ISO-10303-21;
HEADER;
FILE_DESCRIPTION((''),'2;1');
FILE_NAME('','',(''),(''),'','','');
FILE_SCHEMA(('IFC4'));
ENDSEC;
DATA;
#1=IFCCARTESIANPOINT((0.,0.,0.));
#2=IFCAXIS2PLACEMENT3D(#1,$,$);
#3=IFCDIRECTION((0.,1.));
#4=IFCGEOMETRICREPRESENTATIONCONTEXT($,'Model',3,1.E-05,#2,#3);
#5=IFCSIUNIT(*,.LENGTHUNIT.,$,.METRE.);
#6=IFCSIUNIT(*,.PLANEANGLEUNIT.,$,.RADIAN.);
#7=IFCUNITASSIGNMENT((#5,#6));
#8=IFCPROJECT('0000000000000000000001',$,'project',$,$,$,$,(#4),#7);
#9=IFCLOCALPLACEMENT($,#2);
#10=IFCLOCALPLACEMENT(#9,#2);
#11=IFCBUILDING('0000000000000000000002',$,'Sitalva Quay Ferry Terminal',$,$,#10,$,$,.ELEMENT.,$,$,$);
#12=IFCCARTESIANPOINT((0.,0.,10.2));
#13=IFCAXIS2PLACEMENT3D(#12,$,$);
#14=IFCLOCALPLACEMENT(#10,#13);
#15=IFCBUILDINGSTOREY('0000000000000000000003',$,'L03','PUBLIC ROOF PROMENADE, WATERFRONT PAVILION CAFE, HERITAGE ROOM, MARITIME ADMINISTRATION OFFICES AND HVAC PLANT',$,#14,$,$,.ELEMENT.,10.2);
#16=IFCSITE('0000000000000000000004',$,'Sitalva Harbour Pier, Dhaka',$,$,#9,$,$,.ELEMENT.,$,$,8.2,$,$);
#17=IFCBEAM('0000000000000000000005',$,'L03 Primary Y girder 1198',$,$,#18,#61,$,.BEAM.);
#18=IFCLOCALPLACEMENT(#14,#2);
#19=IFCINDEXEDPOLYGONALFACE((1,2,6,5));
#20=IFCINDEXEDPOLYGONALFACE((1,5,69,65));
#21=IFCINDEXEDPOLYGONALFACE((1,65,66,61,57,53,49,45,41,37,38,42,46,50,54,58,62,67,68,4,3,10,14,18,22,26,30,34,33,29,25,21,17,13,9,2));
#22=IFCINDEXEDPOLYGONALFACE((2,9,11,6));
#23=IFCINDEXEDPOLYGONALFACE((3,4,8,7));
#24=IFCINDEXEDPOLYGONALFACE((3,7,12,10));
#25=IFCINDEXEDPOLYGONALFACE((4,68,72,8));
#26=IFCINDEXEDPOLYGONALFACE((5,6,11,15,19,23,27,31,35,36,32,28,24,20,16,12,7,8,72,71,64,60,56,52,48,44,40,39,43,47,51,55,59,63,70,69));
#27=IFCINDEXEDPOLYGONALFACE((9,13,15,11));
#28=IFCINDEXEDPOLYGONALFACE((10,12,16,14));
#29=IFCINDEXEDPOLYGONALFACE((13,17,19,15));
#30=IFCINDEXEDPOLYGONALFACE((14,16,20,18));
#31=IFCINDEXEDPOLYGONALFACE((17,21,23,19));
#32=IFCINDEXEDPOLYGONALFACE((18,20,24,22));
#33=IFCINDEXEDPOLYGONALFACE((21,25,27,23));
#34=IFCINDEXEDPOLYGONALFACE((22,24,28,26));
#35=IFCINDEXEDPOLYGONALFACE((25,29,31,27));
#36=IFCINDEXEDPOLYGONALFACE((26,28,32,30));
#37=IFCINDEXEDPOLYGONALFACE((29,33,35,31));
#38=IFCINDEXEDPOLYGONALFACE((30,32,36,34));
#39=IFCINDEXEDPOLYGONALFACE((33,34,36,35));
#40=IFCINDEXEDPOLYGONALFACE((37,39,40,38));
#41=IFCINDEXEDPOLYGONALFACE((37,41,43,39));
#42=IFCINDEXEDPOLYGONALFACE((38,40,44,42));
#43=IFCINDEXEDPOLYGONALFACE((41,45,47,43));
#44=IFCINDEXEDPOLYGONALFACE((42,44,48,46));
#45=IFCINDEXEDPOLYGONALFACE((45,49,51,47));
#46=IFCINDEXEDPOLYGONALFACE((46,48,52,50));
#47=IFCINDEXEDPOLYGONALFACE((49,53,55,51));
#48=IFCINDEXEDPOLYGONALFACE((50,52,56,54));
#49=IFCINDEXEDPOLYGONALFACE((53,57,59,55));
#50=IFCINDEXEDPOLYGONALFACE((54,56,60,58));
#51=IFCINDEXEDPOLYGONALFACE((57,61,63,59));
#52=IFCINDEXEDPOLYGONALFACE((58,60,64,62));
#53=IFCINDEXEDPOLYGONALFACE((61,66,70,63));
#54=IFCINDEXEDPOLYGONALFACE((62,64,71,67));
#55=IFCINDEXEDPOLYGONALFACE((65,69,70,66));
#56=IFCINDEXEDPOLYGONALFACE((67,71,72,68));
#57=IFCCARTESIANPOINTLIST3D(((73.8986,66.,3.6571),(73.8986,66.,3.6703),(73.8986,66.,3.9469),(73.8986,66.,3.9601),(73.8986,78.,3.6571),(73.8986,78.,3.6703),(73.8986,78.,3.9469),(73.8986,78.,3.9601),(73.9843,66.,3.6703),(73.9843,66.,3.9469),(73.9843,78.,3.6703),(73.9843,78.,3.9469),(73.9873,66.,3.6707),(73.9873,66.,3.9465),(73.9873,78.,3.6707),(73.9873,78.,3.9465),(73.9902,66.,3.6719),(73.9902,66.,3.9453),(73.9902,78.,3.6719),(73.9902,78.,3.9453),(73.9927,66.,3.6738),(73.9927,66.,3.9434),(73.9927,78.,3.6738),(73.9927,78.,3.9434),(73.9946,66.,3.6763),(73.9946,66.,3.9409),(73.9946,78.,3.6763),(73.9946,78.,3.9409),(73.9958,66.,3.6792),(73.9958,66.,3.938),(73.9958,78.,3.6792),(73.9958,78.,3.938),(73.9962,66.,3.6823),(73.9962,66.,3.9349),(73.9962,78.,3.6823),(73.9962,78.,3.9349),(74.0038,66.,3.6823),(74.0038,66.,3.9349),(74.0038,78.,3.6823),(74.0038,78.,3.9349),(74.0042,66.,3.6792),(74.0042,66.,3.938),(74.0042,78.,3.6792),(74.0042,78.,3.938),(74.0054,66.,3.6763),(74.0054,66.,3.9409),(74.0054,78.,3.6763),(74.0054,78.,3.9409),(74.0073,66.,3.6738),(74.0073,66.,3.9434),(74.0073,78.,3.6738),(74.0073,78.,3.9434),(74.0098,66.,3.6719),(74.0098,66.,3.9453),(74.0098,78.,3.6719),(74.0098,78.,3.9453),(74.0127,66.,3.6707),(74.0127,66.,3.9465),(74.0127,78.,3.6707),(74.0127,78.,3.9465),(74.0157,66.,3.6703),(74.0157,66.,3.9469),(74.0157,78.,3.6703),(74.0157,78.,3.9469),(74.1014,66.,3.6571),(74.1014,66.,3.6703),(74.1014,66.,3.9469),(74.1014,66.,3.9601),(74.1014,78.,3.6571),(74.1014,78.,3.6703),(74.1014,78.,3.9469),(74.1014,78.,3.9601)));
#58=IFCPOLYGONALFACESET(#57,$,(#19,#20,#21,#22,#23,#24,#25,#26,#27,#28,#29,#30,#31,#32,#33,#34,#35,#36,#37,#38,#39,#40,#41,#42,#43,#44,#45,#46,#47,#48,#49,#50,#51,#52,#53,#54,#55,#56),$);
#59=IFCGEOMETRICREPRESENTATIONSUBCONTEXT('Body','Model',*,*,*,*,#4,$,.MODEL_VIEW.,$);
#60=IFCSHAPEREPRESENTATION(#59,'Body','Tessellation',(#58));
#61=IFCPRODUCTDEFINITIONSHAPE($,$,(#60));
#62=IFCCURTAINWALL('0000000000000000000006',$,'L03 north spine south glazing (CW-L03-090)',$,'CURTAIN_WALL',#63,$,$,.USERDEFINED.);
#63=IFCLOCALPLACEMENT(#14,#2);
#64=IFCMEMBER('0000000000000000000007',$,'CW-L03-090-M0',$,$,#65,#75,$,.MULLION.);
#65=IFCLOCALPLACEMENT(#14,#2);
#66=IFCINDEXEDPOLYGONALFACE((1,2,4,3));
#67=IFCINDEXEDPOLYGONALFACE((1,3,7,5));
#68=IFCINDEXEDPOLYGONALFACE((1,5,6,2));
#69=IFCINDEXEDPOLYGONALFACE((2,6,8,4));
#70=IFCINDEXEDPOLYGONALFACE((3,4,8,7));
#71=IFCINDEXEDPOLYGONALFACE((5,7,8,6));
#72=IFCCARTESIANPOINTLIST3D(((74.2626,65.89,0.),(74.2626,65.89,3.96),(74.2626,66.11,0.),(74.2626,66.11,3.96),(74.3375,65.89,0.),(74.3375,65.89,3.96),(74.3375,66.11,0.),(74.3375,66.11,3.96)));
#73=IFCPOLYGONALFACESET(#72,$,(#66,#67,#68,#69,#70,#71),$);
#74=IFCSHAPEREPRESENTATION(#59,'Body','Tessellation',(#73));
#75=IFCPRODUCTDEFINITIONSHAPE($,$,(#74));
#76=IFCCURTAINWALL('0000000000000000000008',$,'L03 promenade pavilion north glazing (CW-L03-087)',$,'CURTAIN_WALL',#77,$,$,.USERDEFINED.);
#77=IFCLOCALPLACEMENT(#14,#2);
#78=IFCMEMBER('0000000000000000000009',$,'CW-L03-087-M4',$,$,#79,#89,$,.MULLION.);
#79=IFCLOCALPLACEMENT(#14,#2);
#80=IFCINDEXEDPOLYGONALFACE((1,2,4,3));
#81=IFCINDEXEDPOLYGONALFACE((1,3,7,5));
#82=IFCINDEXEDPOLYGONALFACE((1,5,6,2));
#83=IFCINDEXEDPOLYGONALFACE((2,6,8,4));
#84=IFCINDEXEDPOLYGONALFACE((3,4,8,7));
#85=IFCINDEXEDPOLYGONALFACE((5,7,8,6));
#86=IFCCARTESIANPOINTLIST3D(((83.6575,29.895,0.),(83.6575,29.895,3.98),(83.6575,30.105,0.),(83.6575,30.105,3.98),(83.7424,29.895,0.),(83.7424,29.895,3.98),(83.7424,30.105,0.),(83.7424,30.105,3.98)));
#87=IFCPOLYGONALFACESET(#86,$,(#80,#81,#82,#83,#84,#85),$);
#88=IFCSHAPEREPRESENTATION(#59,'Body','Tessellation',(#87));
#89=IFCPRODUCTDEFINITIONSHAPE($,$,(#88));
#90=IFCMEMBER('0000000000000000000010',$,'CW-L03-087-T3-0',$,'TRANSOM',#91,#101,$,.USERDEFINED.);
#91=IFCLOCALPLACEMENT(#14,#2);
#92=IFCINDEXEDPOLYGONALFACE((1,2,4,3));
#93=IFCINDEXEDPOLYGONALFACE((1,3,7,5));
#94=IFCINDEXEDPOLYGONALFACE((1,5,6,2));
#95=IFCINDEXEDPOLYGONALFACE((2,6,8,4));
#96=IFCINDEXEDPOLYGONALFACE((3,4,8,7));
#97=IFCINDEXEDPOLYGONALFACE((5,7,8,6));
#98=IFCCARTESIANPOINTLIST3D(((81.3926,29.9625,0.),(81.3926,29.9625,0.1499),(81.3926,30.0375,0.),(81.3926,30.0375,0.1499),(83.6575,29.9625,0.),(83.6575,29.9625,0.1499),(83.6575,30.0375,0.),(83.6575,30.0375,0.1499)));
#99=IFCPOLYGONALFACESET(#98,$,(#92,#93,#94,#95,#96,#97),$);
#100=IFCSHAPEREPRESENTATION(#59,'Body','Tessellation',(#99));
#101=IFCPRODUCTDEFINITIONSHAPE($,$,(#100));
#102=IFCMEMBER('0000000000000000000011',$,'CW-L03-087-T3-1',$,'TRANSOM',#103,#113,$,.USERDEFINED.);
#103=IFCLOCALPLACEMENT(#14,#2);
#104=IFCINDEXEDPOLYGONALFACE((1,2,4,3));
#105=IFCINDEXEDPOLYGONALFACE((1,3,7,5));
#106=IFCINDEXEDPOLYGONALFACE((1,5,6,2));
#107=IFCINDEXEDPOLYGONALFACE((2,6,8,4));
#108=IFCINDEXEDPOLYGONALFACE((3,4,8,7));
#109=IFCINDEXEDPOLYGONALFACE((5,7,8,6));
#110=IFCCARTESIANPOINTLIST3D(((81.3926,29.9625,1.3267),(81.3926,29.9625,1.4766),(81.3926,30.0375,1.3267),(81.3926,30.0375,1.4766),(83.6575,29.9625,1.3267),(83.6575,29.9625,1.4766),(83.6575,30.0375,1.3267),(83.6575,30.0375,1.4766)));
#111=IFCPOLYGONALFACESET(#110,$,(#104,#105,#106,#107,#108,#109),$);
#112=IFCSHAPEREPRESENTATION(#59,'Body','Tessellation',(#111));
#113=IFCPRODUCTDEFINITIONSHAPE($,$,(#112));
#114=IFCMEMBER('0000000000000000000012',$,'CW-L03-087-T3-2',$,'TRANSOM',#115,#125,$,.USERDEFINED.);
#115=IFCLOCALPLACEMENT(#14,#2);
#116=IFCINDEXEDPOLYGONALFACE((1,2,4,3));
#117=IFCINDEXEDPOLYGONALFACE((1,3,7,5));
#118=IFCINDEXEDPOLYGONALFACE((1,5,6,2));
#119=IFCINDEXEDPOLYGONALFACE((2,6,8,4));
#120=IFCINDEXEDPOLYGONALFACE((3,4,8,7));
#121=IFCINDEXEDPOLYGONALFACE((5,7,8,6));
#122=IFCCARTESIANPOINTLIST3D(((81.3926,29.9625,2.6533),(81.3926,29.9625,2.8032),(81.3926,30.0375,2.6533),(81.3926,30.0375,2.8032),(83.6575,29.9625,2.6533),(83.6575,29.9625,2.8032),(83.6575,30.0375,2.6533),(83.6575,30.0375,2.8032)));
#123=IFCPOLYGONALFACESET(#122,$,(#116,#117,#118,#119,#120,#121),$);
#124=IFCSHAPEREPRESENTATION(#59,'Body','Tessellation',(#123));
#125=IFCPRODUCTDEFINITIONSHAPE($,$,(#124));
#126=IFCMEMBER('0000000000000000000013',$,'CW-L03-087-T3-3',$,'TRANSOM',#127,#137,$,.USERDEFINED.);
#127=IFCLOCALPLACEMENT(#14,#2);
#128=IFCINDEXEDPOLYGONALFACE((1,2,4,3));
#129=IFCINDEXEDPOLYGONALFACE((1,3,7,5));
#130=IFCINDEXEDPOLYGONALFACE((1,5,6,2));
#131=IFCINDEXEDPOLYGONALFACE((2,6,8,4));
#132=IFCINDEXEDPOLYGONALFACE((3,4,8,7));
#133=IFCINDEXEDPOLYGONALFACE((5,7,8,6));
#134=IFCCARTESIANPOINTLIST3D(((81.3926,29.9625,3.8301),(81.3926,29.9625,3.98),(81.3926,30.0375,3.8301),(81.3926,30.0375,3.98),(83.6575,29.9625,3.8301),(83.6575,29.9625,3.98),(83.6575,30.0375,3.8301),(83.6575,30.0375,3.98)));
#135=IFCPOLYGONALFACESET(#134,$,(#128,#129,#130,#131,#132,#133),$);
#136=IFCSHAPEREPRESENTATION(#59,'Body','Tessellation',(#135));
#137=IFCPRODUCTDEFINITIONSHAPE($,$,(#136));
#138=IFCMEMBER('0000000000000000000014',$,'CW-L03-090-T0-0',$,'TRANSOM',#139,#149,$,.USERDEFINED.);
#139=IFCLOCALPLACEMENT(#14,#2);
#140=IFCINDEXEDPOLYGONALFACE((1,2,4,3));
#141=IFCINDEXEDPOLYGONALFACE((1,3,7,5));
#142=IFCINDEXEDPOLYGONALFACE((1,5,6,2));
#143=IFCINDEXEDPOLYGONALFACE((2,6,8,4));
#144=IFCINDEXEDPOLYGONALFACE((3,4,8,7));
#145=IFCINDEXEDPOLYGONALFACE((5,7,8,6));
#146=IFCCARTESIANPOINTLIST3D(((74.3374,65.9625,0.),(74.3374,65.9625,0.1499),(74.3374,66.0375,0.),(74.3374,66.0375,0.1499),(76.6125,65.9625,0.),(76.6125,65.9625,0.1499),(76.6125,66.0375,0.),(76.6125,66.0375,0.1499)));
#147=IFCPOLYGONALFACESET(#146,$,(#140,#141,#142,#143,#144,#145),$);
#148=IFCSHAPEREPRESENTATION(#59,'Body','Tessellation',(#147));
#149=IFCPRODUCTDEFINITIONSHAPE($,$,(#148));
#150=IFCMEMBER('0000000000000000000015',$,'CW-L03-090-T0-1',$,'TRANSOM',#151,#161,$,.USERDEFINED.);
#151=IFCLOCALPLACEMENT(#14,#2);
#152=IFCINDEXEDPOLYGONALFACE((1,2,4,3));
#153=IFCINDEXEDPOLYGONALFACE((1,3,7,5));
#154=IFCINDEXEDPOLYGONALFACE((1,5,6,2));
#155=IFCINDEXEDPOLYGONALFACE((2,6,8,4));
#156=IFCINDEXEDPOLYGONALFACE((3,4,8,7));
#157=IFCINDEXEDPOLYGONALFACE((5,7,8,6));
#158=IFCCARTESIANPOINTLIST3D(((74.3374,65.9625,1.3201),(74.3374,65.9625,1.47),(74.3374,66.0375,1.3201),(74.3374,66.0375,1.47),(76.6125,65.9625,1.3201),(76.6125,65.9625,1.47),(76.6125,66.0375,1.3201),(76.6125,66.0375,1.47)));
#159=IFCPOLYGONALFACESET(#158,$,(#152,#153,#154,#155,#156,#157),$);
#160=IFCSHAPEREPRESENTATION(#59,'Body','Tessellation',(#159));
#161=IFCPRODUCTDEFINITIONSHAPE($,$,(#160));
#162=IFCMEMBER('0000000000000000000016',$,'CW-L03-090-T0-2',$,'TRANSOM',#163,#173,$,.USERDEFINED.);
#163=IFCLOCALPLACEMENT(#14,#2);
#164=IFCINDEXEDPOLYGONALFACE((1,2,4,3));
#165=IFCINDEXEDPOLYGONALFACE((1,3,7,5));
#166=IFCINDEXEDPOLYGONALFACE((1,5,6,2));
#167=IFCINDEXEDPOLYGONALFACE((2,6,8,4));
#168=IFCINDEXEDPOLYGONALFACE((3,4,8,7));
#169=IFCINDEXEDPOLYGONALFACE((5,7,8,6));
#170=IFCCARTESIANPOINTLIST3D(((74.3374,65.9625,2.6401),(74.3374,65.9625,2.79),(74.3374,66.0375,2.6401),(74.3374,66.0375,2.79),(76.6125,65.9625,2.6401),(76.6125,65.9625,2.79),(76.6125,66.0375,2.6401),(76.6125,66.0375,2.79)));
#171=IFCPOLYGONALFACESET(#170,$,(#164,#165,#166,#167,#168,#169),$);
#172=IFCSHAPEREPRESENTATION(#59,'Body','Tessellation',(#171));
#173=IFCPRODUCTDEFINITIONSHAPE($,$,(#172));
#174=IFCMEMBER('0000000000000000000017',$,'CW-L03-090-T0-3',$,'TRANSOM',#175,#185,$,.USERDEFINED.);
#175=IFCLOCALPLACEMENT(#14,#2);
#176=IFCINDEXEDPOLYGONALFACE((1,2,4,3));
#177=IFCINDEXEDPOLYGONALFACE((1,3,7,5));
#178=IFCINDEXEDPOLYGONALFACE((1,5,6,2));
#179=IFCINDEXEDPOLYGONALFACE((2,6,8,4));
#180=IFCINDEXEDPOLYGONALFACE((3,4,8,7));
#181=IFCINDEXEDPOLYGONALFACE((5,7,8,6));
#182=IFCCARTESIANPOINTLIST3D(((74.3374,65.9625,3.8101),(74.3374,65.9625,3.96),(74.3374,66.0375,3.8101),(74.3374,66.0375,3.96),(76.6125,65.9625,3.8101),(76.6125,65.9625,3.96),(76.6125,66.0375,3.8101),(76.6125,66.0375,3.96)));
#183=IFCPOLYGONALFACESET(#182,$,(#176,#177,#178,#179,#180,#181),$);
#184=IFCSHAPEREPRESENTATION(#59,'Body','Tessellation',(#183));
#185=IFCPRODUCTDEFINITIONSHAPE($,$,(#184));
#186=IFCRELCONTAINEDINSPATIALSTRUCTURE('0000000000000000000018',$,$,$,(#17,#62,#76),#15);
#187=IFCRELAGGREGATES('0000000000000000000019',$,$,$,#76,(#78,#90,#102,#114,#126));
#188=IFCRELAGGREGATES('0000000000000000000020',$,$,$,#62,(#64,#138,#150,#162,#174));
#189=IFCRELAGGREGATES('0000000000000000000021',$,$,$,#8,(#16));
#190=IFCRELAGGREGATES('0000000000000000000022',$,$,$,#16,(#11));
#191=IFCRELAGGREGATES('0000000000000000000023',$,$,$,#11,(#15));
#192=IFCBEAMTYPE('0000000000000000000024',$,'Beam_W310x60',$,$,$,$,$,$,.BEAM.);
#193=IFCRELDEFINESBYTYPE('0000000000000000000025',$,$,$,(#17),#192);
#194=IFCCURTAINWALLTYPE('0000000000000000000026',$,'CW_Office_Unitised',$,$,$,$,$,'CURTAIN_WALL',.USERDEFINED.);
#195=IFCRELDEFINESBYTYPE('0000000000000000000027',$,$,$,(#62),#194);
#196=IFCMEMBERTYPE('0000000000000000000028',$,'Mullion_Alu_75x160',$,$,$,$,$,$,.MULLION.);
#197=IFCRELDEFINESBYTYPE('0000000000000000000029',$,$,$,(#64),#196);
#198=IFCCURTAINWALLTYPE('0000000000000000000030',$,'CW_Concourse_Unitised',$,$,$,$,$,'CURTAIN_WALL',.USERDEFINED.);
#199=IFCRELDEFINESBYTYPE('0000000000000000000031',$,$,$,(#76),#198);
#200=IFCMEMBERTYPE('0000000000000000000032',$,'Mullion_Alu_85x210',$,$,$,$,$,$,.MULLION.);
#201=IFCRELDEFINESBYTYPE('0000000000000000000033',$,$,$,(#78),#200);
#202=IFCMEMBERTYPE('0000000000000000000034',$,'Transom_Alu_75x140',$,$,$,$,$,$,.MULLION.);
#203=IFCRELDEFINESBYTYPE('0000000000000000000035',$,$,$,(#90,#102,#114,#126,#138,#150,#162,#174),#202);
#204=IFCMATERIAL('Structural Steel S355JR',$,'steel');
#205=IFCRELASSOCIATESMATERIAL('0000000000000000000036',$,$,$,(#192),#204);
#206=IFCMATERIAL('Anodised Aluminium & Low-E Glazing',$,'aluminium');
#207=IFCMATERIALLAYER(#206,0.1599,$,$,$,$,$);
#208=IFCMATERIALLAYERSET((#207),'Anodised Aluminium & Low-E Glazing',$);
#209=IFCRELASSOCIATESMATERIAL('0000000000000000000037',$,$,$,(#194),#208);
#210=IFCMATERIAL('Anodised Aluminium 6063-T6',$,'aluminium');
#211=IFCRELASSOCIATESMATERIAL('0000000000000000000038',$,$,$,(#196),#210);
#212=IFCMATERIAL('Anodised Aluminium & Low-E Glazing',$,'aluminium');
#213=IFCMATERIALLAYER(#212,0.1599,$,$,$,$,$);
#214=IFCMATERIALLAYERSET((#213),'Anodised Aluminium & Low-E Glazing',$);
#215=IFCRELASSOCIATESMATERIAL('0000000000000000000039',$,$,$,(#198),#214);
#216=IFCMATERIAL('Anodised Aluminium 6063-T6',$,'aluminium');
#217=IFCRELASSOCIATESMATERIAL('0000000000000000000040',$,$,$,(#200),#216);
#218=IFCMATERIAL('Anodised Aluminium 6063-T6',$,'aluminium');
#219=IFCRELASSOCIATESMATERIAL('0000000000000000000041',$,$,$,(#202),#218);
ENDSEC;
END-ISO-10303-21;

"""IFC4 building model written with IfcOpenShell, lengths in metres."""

from ifc_helpers import new_model, si_unit, direction, frame, origin, origin_2d, place, context, subcontext, project, spatial, rectangle, i_section, extrude, material, layer, layer_set, material_profile, profile_set, type_object, element, aggregate, save


model = new_model("IFC4")

# Units and contexts
model_context = context("Model", 3, precision=1e-05, world=origin(), true_north=direction((0.0, 1.0)))
body_context = subcontext(model_context, "Body", "Model", "MODEL_VIEW")
ifc_project = project(units=[si_unit("LENGTHUNIT", "METRE"), si_unit("PLANEANGLEUNIT", "RADIAN")], contexts=[model_context])

# Site, building, storey
site_placement = place(None, origin())
site = spatial("IfcSite", under=ifc_project, at=site_placement, Name="Sitalva Harbour Pier, Dhaka", CompositionType="ELEMENT", RefElevation=8.2)
building_placement = place(site_placement, origin())
building = spatial("IfcBuilding", under=site, at=building_placement, Name="Sitalva Quay Ferry Terminal", CompositionType="ELEMENT")
storey_placement = place(building_placement, frame((0.0, 0.0, 10.2)))
storey = spatial("IfcBuildingStorey", under=building, at=storey_placement, Name="L03", Description="PUBLIC ROOF PROMENADE, WATERFRONT PAVILION CAFE, HERITAGE ROOM, MARITIME ADMINISTRATION OFFICES AND HVAC PLANT", CompositionType="ELEMENT", Elevation=10.2)

# Beam
ifc_material_1 = material(Name="Structural Steel S355JR", Category="steel")
ifc_material_profile_1 = material_profile(ifc_material_1, i_section(OverallWidth=0.2029, OverallDepth=0.303, WebThickness=0.0076, FlangeThickness=0.0132, FilletRadius=0.012, at=origin_2d()), Name="W310x60")
ifc_profile_set_1 = profile_set([ifc_material_profile_1], Name="Structural Steel S355JR")
beam_type = type_object("IfcBeamType", Name="Beam_W310x60", PredefinedType="BEAM", material=ifc_profile_set_1)
beam_1_placement = place(storey_placement, frame((74.0, 66.0, 3.8086), z_axis=(0.0, 1.0, 0.0), x_axis=(-1.0, 0.0, 0.0)))
element("IfcBeam", 1, at=beam_1_placement, inside=storey, type_object=beam_type, Name="L03 Primary Y girder 1198", PredefinedType="BEAM", context=body_context, shape_type="SweptSolid", body=[
    extrude(i_section(OverallWidth=0.2029, OverallDepth=0.303, WebThickness=0.0076, FlangeThickness=0.0132, FilletRadius=0.012, at=origin_2d()), origin(), (0.0, 0.0, 1.0), 12.0),
])

# Curtain wall, member
ifc_material_2 = material(Name="Anodised Aluminium & Low-E Glazing", Category="aluminium")
ifc_layer_1 = layer(ifc_material_2, 0.1599)
ifc_layer_set_1 = layer_set([ifc_layer_1], Name="Anodised Aluminium & Low-E Glazing")
curtain_wall_type_1 = type_object("IfcCurtainWallType", Name="CW_Office_Unitised", ElementType="CURTAIN_WALL", PredefinedType="USERDEFINED", material=ifc_layer_set_1)
curtain_wall_1_placement = place(storey_placement, origin())
curtain_wall_1 = element("IfcCurtainWall", 2, at=curtain_wall_1_placement, inside=storey, type_object=curtain_wall_type_1, Name="L03 north spine south glazing (CW-L03-090)", ObjectType="CURTAIN_WALL", PredefinedType="USERDEFINED")
ifc_material_3 = material(Name="Anodised Aluminium 6063-T6", Category="aluminium")
ifc_material_profile_2 = material_profile(ifc_material_3, rectangle(XDim=0.075, YDim=0.22, at=origin_2d()), Name="ALU75x220")
ifc_profile_set_2 = profile_set([ifc_material_profile_2], Name="Anodised Aluminium 6063-T6")
member_type_1 = type_object("IfcMemberType", Name="Mullion_Alu_75x160", PredefinedType="MULLION", material=ifc_profile_set_2)
member_1_placement = place(storey_placement, frame((74.3, 66.0, 0.0), z_axis=(0.0, 0.0, 1.0), x_axis=(1.0, 0.0, 0.0)))
member_1 = element("IfcMember", 3, at=member_1_placement, type_object=member_type_1, Name="CW-L03-090-M0", PredefinedType="MULLION", context=body_context, shape_type="SweptSolid", body=[
    extrude(rectangle(XDim=0.075, YDim=0.22, at=origin_2d()), origin(), (0.0, 0.0, 1.0), 3.96),
])

# Curtain wall, members
ifc_material_4 = material(Name="Anodised Aluminium & Low-E Glazing", Category="aluminium")
ifc_layer_2 = layer(ifc_material_4, 0.1599)
ifc_layer_set_2 = layer_set([ifc_layer_2], Name="Anodised Aluminium & Low-E Glazing")
curtain_wall_type_2 = type_object("IfcCurtainWallType", Name="CW_Concourse_Unitised", ElementType="CURTAIN_WALL", PredefinedType="USERDEFINED", material=ifc_layer_set_2)
curtain_wall_2_placement = place(storey_placement, origin())
curtain_wall_2 = element("IfcCurtainWall", 4, at=curtain_wall_2_placement, inside=storey, type_object=curtain_wall_type_2, Name="L03 promenade pavilion north glazing (CW-L03-087)", ObjectType="CURTAIN_WALL", PredefinedType="USERDEFINED")
ifc_material_5 = material(Name="Anodised Aluminium 6063-T6", Category="aluminium")
ifc_material_profile_3 = material_profile(ifc_material_5, rectangle(XDim=0.085, YDim=0.21, at=origin_2d()), Name="ALU85x210")
ifc_profile_set_3 = profile_set([ifc_material_profile_3], Name="Anodised Aluminium 6063-T6")
member_type_2 = type_object("IfcMemberType", Name="Mullion_Alu_85x210", PredefinedType="MULLION", material=ifc_profile_set_3)
member_2_placement = place(storey_placement, frame((83.7, 30.0, 0.0), z_axis=(0.0, 0.0, 1.0), x_axis=(1.0, 0.0, 0.0)))
member_2 = element("IfcMember", 5, at=member_2_placement, type_object=member_type_2, Name="CW-L03-087-M4", PredefinedType="MULLION", context=body_context, shape_type="SweptSolid", body=[
    extrude(rectangle(XDim=0.085, YDim=0.21, at=origin_2d()), origin(), (0.0, 0.0, 1.0), 3.98),
])
ifc_material_6 = material(Name="Anodised Aluminium 6063-T6", Category="aluminium")
ifc_material_profile_4 = material_profile(ifc_material_6, rectangle(XDim=0.075, YDim=0.1499, at=origin_2d()), Name="ALU75x150")
ifc_profile_set_4 = profile_set([ifc_material_profile_4], Name="Anodised Aluminium 6063-T6")
member_type_3 = type_object("IfcMemberType", Name="Transom_Alu_75x140", PredefinedType="MULLION", material=ifc_profile_set_4)
member_3_placement = place(storey_placement, frame((81.3926, 30.0, 0.075), z_axis=(1.0, 0.0, 0.0), x_axis=(0.0, 1.0, 0.0)))
member_3 = element("IfcMember", 6, at=member_3_placement, type_object=member_type_3, Name="CW-L03-087-T3-0", ObjectType="TRANSOM", PredefinedType="USERDEFINED", context=body_context, shape_type="SweptSolid", body=[
    extrude(rectangle(XDim=0.075, YDim=0.1499, at=origin_2d()), origin(), (0.0, 0.0, 1.0), 2.2649),
])
member_4_placement = place(storey_placement, frame((81.3926, 30.0, 1.4016), z_axis=(1.0, 0.0, 0.0), x_axis=(0.0, 1.0, 0.0)))
member_4 = element("IfcMember", 7, at=member_4_placement, type_object=member_type_3, Name="CW-L03-087-T3-1", ObjectType="TRANSOM", PredefinedType="USERDEFINED", context=body_context, shape_type="SweptSolid", body=[
    extrude(rectangle(XDim=0.075, YDim=0.1499, at=origin_2d()), origin(), (0.0, 0.0, 1.0), 2.2649),
])
member_5_placement = place(storey_placement, frame((81.3926, 30.0, 2.7283), z_axis=(1.0, 0.0, 0.0), x_axis=(0.0, 1.0, 0.0)))
member_5 = element("IfcMember", 8, at=member_5_placement, type_object=member_type_3, Name="CW-L03-087-T3-2", ObjectType="TRANSOM", PredefinedType="USERDEFINED", context=body_context, shape_type="SweptSolid", body=[
    extrude(rectangle(XDim=0.075, YDim=0.1499, at=origin_2d()), origin(), (0.0, 0.0, 1.0), 2.2649),
])
member_6_placement = place(storey_placement, frame((81.3926, 30.0, 3.905), z_axis=(1.0, 0.0, 0.0), x_axis=(0.0, 1.0, 0.0)))
member_6 = element("IfcMember", 9, at=member_6_placement, type_object=member_type_3, Name="CW-L03-087-T3-3", ObjectType="TRANSOM", PredefinedType="USERDEFINED", context=body_context, shape_type="SweptSolid", body=[
    extrude(rectangle(XDim=0.075, YDim=0.1499, at=origin_2d()), origin(), (0.0, 0.0, 1.0), 2.2649),
])

# Members
member_7_placement = place(storey_placement, frame((74.3374, 66.0, 0.075), z_axis=(1.0, 0.0, 0.0), x_axis=(0.0, 1.0, 0.0)))
member_7 = element("IfcMember", 10, at=member_7_placement, type_object=member_type_3, Name="CW-L03-090-T0-0", ObjectType="TRANSOM", PredefinedType="USERDEFINED", context=body_context, shape_type="SweptSolid", body=[
    extrude(rectangle(XDim=0.075, YDim=0.1499, at=origin_2d()), origin(), (0.0, 0.0, 1.0), 2.2751),
])
member_8_placement = place(storey_placement, frame((74.3374, 66.0, 1.395), z_axis=(1.0, 0.0, 0.0), x_axis=(0.0, 1.0, 0.0)))
member_8 = element("IfcMember", 11, at=member_8_placement, type_object=member_type_3, Name="CW-L03-090-T0-1", ObjectType="TRANSOM", PredefinedType="USERDEFINED", context=body_context, shape_type="SweptSolid", body=[
    extrude(rectangle(XDim=0.075, YDim=0.1499, at=origin_2d()), origin(), (0.0, 0.0, 1.0), 2.2751),
])
member_9_placement = place(storey_placement, frame((74.3374, 66.0, 2.7151), z_axis=(1.0, 0.0, 0.0), x_axis=(0.0, 1.0, 0.0)))
member_9 = element("IfcMember", 12, at=member_9_placement, type_object=member_type_3, Name="CW-L03-090-T0-2", ObjectType="TRANSOM", PredefinedType="USERDEFINED", context=body_context, shape_type="SweptSolid", body=[
    extrude(rectangle(XDim=0.075, YDim=0.1499, at=origin_2d()), origin(), (0.0, 0.0, 1.0), 2.2751),
])
member_10_placement = place(storey_placement, frame((74.3374, 66.0, 3.885), z_axis=(1.0, 0.0, 0.0), x_axis=(0.0, 1.0, 0.0)))
member_10 = element("IfcMember", 13, at=member_10_placement, type_object=member_type_3, Name="CW-L03-090-T0-3", ObjectType="TRANSOM", PredefinedType="USERDEFINED", context=body_context, shape_type="SweptSolid", body=[
    extrude(rectangle(XDim=0.075, YDim=0.1499, at=origin_2d()), origin(), (0.0, 0.0, 1.0), 2.2751),
])

aggregate(curtain_wall_2, [member_2, member_3, member_4, member_5, member_6])
aggregate(curtain_wall_1, [member_1, member_7, member_8, member_9, member_10])

save(model, "model.ifc")
